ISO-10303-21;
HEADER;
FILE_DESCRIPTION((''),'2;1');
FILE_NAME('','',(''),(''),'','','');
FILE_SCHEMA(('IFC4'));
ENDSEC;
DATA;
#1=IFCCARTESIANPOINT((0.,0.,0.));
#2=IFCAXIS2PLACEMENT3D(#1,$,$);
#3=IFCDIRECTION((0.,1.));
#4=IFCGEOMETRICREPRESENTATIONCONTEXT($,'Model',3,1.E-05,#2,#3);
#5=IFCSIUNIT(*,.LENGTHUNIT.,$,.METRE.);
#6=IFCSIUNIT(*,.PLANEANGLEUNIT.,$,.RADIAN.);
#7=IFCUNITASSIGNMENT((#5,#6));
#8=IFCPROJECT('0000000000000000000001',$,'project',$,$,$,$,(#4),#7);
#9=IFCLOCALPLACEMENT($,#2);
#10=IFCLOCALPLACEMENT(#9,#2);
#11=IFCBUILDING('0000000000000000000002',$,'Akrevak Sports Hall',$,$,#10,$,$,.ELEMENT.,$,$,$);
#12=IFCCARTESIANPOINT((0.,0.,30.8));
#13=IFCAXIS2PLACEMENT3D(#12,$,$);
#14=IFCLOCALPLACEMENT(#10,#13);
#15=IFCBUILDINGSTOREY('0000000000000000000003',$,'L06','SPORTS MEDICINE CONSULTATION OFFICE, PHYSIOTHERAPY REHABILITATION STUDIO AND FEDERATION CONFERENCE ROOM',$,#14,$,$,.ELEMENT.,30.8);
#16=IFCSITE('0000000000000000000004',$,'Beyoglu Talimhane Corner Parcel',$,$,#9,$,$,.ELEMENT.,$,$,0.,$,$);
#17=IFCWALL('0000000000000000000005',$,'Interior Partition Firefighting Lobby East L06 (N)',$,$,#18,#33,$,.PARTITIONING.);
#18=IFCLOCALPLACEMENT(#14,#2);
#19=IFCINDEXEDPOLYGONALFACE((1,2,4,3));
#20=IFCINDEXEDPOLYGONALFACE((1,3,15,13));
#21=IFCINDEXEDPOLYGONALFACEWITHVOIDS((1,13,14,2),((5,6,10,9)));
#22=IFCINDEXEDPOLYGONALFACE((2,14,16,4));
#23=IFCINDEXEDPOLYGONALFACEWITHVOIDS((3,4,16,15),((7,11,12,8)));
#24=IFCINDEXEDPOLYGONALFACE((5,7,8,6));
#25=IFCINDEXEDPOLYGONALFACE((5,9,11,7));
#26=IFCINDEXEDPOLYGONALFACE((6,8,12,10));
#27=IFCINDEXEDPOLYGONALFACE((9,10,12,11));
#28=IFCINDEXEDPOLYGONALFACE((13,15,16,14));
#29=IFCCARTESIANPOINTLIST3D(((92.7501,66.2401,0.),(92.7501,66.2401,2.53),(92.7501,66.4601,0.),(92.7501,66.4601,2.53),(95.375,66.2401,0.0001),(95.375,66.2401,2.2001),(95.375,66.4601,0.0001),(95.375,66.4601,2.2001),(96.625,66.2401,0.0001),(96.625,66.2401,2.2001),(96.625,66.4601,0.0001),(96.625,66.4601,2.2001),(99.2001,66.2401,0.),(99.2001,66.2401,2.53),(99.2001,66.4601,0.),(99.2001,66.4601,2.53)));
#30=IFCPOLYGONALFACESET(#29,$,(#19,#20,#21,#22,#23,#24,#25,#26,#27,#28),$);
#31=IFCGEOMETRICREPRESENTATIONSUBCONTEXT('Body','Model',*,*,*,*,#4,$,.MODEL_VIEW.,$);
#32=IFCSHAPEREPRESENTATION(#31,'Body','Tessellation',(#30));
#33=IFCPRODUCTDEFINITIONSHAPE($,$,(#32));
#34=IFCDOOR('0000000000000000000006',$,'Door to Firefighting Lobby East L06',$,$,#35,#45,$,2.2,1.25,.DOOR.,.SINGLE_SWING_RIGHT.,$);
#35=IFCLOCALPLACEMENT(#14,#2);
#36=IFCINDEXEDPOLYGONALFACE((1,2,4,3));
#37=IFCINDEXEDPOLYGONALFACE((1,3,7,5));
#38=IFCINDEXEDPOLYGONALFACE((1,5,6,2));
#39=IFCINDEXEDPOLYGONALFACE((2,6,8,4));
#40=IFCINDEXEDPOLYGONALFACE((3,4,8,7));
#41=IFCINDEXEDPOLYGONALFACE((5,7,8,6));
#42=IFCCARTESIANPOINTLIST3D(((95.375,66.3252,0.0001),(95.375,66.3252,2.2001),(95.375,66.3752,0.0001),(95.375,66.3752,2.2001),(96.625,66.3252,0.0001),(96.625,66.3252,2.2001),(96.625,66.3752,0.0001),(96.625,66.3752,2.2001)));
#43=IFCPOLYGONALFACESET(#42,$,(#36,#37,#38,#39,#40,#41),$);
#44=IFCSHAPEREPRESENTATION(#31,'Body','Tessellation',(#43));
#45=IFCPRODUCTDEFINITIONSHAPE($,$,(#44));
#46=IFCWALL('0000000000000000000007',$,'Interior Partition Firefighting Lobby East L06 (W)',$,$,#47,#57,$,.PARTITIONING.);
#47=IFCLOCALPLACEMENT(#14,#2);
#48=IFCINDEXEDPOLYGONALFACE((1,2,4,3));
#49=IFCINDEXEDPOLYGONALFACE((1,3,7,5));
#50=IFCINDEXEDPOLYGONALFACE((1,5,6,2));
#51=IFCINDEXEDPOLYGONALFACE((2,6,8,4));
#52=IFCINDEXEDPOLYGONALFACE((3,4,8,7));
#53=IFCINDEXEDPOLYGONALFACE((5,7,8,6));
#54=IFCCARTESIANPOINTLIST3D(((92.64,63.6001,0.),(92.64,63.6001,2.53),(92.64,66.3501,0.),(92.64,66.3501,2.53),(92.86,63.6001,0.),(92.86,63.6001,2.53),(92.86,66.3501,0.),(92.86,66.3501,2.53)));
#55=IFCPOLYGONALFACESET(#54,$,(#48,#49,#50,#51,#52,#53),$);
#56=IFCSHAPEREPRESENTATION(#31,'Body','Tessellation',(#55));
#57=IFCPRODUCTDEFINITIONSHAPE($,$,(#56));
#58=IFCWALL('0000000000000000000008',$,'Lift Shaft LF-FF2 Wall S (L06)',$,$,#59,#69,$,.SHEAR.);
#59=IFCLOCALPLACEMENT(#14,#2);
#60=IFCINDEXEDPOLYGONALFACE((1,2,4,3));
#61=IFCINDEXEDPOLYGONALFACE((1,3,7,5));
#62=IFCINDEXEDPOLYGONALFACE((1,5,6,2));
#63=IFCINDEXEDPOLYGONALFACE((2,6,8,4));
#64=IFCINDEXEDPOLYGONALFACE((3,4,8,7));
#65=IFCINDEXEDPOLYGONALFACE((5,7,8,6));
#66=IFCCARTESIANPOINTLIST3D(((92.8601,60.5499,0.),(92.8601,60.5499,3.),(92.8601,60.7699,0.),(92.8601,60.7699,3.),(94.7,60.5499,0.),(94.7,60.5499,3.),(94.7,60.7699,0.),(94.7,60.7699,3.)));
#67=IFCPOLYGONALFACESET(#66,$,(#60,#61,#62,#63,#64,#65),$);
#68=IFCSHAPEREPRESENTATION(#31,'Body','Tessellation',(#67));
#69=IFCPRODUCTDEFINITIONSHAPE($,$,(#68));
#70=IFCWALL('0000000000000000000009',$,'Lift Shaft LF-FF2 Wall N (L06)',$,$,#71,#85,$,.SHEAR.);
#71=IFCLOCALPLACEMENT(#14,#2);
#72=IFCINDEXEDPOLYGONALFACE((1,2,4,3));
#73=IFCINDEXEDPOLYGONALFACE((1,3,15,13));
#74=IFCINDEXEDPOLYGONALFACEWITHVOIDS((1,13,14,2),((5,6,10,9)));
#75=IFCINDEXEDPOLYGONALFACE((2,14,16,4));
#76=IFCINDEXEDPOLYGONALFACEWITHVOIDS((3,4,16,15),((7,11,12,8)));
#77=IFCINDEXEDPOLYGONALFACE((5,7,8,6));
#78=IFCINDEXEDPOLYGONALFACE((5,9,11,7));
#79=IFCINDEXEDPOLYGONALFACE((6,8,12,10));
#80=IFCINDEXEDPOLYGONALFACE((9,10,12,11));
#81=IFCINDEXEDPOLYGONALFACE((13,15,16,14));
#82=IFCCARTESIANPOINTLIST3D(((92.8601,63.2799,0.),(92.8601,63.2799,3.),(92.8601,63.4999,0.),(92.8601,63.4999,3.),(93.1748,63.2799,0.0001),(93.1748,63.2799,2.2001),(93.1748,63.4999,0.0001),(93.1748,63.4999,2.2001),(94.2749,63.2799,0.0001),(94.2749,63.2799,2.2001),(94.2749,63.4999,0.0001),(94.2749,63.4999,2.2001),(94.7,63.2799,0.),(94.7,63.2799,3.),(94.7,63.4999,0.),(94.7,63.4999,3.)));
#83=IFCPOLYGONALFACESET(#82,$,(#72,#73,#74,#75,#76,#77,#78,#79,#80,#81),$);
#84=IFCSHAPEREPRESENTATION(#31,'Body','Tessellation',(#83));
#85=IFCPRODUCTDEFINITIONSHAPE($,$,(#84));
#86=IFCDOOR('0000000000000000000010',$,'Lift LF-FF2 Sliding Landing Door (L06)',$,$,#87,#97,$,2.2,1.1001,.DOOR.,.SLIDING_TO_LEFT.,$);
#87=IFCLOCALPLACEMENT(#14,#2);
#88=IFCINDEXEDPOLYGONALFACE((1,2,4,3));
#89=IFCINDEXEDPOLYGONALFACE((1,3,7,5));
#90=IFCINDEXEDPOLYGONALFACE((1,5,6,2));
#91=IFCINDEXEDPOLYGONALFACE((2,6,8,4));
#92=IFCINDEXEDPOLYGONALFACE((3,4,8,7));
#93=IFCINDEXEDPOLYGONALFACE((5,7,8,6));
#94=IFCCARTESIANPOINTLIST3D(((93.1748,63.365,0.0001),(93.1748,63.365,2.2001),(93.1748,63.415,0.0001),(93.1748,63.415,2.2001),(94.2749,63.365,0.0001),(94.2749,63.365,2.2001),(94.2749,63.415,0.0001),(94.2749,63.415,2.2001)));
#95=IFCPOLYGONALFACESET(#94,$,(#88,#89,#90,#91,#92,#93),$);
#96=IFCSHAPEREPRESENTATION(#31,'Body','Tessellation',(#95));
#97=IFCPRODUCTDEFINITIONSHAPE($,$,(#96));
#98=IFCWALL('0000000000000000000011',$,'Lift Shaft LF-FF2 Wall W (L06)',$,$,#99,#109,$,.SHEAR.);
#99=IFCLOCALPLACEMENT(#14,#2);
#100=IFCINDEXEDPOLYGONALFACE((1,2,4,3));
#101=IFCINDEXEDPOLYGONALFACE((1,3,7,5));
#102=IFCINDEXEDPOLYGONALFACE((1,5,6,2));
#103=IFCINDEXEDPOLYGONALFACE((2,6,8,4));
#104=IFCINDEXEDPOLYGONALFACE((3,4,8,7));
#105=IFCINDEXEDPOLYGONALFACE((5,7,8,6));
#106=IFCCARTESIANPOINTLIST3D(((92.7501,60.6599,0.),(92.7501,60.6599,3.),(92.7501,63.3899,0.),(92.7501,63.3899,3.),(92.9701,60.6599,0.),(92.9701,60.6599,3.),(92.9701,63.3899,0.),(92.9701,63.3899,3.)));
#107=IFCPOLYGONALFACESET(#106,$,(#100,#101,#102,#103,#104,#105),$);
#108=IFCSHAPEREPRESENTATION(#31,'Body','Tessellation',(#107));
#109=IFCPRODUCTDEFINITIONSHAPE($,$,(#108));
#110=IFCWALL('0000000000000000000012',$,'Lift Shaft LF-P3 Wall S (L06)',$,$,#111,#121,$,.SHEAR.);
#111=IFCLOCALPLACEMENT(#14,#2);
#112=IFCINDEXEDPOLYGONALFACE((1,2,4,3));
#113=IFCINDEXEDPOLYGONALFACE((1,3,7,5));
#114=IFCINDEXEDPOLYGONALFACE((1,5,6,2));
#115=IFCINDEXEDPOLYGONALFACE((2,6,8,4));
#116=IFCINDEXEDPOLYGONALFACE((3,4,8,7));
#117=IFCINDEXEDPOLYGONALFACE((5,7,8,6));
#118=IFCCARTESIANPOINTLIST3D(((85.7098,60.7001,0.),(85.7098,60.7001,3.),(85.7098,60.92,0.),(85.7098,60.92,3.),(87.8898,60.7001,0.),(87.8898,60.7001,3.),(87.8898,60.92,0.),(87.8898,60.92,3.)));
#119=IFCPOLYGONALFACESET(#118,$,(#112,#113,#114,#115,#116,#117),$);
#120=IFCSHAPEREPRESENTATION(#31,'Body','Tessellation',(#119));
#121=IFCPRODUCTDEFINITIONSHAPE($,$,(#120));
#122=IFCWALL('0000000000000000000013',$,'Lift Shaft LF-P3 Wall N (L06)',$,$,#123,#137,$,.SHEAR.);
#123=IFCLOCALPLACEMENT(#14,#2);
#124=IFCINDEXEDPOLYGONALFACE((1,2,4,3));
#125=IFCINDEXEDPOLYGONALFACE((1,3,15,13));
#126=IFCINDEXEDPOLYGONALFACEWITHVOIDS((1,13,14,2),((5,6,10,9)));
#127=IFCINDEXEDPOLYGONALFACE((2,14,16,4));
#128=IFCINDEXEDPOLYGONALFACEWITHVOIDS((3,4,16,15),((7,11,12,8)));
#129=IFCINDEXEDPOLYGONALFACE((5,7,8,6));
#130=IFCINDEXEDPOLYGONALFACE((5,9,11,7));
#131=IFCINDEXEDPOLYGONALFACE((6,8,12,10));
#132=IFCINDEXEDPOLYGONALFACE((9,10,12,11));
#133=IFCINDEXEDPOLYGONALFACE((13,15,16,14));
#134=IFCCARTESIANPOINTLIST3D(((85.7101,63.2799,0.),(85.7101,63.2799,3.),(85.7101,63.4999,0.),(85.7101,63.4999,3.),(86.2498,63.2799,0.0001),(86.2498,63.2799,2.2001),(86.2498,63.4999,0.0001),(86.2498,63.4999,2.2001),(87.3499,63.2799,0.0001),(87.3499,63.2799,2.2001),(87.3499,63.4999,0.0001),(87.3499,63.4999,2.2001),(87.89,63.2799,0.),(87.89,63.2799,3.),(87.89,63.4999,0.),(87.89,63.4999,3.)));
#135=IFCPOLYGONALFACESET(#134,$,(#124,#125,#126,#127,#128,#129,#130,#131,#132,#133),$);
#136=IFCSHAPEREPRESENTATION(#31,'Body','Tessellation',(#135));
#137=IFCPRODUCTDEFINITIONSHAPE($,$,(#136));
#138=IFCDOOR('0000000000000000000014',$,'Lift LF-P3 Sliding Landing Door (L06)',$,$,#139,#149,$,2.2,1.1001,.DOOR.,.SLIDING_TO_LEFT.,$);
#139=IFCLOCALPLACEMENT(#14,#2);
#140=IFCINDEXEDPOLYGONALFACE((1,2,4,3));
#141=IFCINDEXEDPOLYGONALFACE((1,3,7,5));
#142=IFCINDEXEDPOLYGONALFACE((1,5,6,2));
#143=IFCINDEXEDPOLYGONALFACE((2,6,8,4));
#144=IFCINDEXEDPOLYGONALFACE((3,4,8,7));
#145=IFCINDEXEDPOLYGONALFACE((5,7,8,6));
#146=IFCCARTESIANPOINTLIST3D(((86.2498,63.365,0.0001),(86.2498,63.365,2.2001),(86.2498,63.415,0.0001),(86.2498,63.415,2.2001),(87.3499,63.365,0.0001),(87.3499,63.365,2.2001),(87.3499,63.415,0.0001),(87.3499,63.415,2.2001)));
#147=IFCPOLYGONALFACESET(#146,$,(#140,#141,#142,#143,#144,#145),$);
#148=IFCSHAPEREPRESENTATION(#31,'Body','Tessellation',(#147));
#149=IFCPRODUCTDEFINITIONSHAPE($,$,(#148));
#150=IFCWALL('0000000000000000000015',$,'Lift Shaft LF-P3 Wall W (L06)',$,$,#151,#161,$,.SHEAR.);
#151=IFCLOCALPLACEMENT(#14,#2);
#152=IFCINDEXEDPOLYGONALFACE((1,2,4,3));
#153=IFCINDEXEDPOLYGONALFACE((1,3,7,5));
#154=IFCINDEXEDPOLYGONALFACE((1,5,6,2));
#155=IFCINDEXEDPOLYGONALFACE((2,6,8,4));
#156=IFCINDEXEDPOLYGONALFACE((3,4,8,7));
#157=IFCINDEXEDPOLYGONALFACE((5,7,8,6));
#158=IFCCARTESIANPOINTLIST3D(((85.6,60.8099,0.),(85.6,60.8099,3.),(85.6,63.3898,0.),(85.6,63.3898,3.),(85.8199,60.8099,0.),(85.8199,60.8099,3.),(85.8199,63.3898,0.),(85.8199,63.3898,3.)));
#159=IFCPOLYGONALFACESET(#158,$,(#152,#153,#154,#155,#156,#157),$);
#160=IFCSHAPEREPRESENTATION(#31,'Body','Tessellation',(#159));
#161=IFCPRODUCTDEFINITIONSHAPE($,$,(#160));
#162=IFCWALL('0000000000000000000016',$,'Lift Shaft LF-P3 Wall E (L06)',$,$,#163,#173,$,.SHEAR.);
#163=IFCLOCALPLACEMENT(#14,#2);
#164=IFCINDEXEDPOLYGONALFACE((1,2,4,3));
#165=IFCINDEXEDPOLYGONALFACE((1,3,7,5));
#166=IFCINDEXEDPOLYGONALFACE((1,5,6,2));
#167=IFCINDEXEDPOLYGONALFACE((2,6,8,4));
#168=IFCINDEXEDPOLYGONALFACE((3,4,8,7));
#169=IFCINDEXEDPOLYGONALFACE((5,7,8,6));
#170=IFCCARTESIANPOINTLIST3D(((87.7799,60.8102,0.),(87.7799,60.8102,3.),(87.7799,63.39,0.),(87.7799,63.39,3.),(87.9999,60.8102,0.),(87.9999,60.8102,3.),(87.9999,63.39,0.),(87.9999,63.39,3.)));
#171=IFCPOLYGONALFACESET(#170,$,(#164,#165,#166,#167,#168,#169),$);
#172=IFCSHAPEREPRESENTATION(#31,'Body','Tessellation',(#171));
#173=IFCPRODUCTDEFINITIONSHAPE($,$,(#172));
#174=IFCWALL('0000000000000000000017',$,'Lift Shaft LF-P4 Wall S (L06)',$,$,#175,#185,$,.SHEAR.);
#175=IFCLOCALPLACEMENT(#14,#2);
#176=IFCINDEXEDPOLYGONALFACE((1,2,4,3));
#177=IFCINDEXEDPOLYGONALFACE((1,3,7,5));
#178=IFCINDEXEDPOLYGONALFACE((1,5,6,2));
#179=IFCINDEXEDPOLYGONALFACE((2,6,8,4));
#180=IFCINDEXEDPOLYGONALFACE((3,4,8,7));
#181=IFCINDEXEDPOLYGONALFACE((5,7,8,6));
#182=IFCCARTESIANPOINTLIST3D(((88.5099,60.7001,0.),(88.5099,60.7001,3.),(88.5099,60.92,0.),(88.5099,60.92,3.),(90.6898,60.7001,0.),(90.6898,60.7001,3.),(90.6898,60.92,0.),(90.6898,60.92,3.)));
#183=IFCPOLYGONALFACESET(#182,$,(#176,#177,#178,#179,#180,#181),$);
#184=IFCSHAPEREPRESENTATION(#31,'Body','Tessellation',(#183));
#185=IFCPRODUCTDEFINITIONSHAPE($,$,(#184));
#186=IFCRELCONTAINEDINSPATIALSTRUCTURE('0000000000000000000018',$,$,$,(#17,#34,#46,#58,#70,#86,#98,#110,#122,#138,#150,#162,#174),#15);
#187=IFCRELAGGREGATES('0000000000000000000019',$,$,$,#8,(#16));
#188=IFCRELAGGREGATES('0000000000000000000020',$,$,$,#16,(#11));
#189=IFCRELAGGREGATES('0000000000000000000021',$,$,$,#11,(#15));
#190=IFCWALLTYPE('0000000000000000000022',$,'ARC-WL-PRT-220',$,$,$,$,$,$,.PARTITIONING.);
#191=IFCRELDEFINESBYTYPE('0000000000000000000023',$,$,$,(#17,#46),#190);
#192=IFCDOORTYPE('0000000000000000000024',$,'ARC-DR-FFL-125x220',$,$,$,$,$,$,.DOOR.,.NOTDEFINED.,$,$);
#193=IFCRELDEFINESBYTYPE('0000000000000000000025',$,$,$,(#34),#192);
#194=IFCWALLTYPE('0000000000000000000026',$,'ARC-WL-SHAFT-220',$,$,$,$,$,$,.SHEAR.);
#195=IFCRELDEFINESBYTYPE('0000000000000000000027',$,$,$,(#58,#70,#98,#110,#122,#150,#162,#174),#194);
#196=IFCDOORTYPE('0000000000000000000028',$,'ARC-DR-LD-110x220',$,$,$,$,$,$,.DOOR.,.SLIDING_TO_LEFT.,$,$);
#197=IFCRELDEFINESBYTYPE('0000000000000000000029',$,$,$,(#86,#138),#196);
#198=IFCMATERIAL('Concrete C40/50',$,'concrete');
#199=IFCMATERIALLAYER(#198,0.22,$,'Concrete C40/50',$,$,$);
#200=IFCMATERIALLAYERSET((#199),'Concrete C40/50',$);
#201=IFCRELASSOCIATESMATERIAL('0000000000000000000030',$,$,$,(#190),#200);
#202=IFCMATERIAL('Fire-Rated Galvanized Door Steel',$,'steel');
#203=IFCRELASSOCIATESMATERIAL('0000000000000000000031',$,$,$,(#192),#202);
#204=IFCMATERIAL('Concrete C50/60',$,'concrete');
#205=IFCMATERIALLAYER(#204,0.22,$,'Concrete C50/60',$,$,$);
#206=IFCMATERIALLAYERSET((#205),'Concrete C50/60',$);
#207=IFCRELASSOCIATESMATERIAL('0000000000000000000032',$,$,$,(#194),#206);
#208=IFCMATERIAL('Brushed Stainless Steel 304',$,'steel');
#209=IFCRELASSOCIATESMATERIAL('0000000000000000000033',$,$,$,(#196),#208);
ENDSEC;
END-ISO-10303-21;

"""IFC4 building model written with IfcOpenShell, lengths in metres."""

from ifc_helpers import new_model, si_unit, direction, frame, frame_2d, origin, place, context, subcontext, project, spatial, rectangle, extrude, material, layer, layer_set, type_object, element, fill, save


model = new_model("IFC4")

# Units and contexts
model_context = context("Model", 3, precision=1e-05, world=origin(), true_north=direction((0.0, 1.0)))
body_context = subcontext(model_context, "Body", "Model", "MODEL_VIEW")
ifc_project = project(units=[si_unit("LENGTHUNIT", "METRE"), si_unit("PLANEANGLEUNIT", "RADIAN")], contexts=[model_context])

# Site, building, storey
site_placement = place(None, origin())
site = spatial("IfcSite", under=ifc_project, at=site_placement, Name="Beyoglu Talimhane Corner Parcel", CompositionType="ELEMENT", RefElevation=0.0)
building_placement = place(site_placement, origin())
building = spatial("IfcBuilding", under=site, at=building_placement, Name="Akrevak Sports Hall", CompositionType="ELEMENT")
storey_placement = place(building_placement, frame((0.0, 0.0, 30.8)))
storey = spatial("IfcBuildingStorey", under=building, at=storey_placement, Name="L06", Description="SPORTS MEDICINE CONSULTATION OFFICE, PHYSIOTHERAPY REHABILITATION STUDIO AND FEDERATION CONFERENCE ROOM", CompositionType="ELEMENT", Elevation=30.8)

# Shared definitions
ifc_material_1 = material(Name="Concrete C40/50", Category="concrete")

# Wall, opening, door
ifc_layer_1 = layer(ifc_material_1, 0.22, Name="Concrete C40/50")
ifc_layer_set_1 = layer_set([ifc_layer_1], Name="Concrete C40/50")
wall_type_1 = type_object("IfcWallType", Name="ARC-WL-PRT-220", PredefinedType="PARTITIONING", material=ifc_layer_set_1)
wall_1_placement = place(storey_placement, frame((92.75, 66.3501, 0.0), z_axis=(0.0, 0.0, 1.0), x_axis=(1.0, 0.0, 0.0)))
wall_1 = element("IfcWall", 1, at=wall_1_placement, inside=storey, type_object=wall_type_1, Name="Interior Partition Firefighting Lobby East L06 (N)", PredefinedType="PARTITIONING", context=body_context, shape_type="SweptSolid", body=[
    extrude(rectangle(XDim=6.45, YDim=0.22, at=frame_2d((3.2251, 0.0))), origin(), (0.0, 0.0, 1.0), 2.53),
])
opening_1_placement = place(wall_1_placement, frame((2.625, 0.0, 0.0)))
opening_1 = element("IfcOpeningElement", 2, at=opening_1_placement, cuts=wall_1, PredefinedType="OPENING", context=body_context, shape_type="SweptSolid", body=[
    extrude(rectangle(XDim=1.25, YDim=2.2, at=frame_2d((0.625, 1.1001))), frame((0.0, 0.1221, 0.0), z_axis=(0.0, -1.0, 0.0), x_axis=(1.0, 0.0, 0.0)), (0.0, 0.0, 1.0), 0.2439),
])
ifc_material_2 = material(Name="Fire-Rated Galvanized Door Steel", Category="steel")
door_type_1 = type_object("IfcDoorType", Name="ARC-DR-FFL-125x220", OperationType="NOTDEFINED", PredefinedType="DOOR", material=ifc_material_2)
door_1_placement = place(opening_1_placement, frame((1.25, 0.0, 0.0), z_axis=(0.0, 0.0, 1.0), x_axis=(-1.0, 0.0, 0.0)))
door_1 = element("IfcDoor", 3, at=door_1_placement, inside=storey, type_object=door_type_1, Name="Door to Firefighting Lobby East L06", OperationType="SINGLE_SWING_RIGHT", OverallHeight=2.2, OverallWidth=1.25, PredefinedType="DOOR", context=body_context, shape_type="SweptSolid", body=[
    extrude(rectangle(XDim=1.25, YDim=2.2, at=frame_2d((0.625, 1.1001))), frame((0.0, 0.0249, 0.0), z_axis=(0.0, -1.0, 0.0), x_axis=(1.0, 0.0, 0.0)), (0.0, 0.0, 1.0), 0.05),
])
fill(opening_1, door_1)

# Walls
wall_2_placement = place(storey_placement, frame((92.75, 63.6001, 0.0), z_axis=(0.0, 0.0, 1.0), x_axis=(0.0, 1.0, 0.0)))
element("IfcWall", 4, at=wall_2_placement, inside=storey, type_object=wall_type_1, Name="Interior Partition Firefighting Lobby East L06 (W)", PredefinedType="PARTITIONING", context=body_context, shape_type="SweptSolid", body=[
    extrude(rectangle(XDim=2.75, YDim=0.22, at=frame_2d((1.375, 0.0))), origin(), (0.0, 0.0, 1.0), 2.53),
])
ifc_material_3 = material(Name="Concrete C50/60", Category="concrete")
ifc_layer_2 = layer(ifc_material_3, 0.22, Name="Concrete C50/60")
ifc_layer_set_2 = layer_set([ifc_layer_2], Name="Concrete C50/60")
wall_type_2 = type_object("IfcWallType", Name="ARC-WL-SHAFT-220", PredefinedType="SHEAR", material=ifc_layer_set_2)
wall_3_placement = place(storey_placement, frame((92.8601, 60.6599, 0.0), z_axis=(0.0, 0.0, 1.0), x_axis=(1.0, 0.0, 0.0)))
element("IfcWall", 5, at=wall_3_placement, inside=storey, type_object=wall_type_2, Name="Lift Shaft LF-FF2 Wall S (L06)", PredefinedType="SHEAR", context=body_context, shape_type="SweptSolid", body=[
    extrude(rectangle(XDim=1.8398, YDim=0.22, at=frame_2d((0.9199, 0.0))), origin(), (0.0, 0.0, 1.0), 3.0),
])

# Wall, opening, door
wall_4_placement = place(storey_placement, frame((94.7, 63.3899, 0.0), z_axis=(0.0, 0.0, 1.0), x_axis=(-1.0, 0.0, 0.0)))
wall_4 = element("IfcWall", 6, at=wall_4_placement, inside=storey, type_object=wall_type_2, Name="Lift Shaft LF-FF2 Wall N (L06)", PredefinedType="SHEAR", context=body_context, shape_type="SweptSolid", body=[
    extrude(rectangle(XDim=1.8398, YDim=0.22, at=frame_2d((0.9199, 0.0))), origin(), (0.0, 0.0, 1.0), 3.0),
])
opening_2_placement = place(wall_4_placement, frame((0.425, 0.0, 0.0)))
opening_2 = element("IfcOpeningElement", 7, at=opening_2_placement, cuts=wall_4, PredefinedType="OPENING", context=body_context, shape_type="SweptSolid", body=[
    extrude(rectangle(XDim=1.1001, YDim=2.2, at=frame_2d((0.55, 1.1001))), frame((0.0, 0.1221, 0.0), z_axis=(0.0, -1.0, 0.0), x_axis=(1.0, 0.0, 0.0)), (0.0, 0.0, 1.0), 0.2439),
])
ifc_material_4 = material(Name="Brushed Stainless Steel 304", Category="steel")
door_type_2 = type_object("IfcDoorType", Name="ARC-DR-LD-110x220", OperationType="SLIDING_TO_LEFT", PredefinedType="DOOR", material=ifc_material_4)
door_2_placement = place(opening_2_placement, origin())
door_2 = element("IfcDoor", 8, at=door_2_placement, inside=storey, type_object=door_type_2, Name="Lift LF-FF2 Sliding Landing Door (L06)", OperationType="SLIDING_TO_LEFT", OverallHeight=2.2, OverallWidth=1.1001, PredefinedType="DOOR", context=body_context, shape_type="SweptSolid", body=[
    extrude(rectangle(XDim=1.1001, YDim=2.2, at=frame_2d((0.55, 1.1001))), frame((0.0, 0.0249, 0.0), z_axis=(0.0, -1.0, 0.0), x_axis=(1.0, 0.0, 0.0)), (0.0, 0.0, 1.0), 0.05),
])
fill(opening_2, door_2)

# Walls
wall_5_placement = place(storey_placement, frame((92.8601, 63.3899, 0.0), z_axis=(0.0, 0.0, 1.0), x_axis=(0.0, -1.0, 0.0)))
element("IfcWall", 9, at=wall_5_placement, inside=storey, type_object=wall_type_2, Name="Lift Shaft LF-FF2 Wall W (L06)", PredefinedType="SHEAR", context=body_context, shape_type="SweptSolid", body=[
    extrude(rectangle(XDim=2.73, YDim=0.22, at=frame_2d((1.365, 0.0))), origin(), (0.0, 0.0, 1.0), 3.0),
])
wall_6_placement = place(storey_placement, frame((85.71, 60.8101, 0.0), z_axis=(0.0, 0.0, 1.0), x_axis=(1.0, 0.0, 0.0)))
element("IfcWall", 10, at=wall_6_placement, inside=storey, type_object=wall_type_2, Name="Lift Shaft LF-P3 Wall S (L06)", PredefinedType="SHEAR", context=body_context, shape_type="SweptSolid", body=[
    extrude(rectangle(XDim=2.1799, YDim=0.22, at=frame_2d((1.0898, 0.0))), origin(), (0.0, 0.0, 1.0), 3.0),
])

# Wall, opening, door
wall_7_placement = place(storey_placement, frame((87.8899, 63.3899, 0.0), z_axis=(0.0, 0.0, 1.0), x_axis=(-1.0, 0.0, 0.0)))
wall_7 = element("IfcWall", 11, at=wall_7_placement, inside=storey, type_object=wall_type_2, Name="Lift Shaft LF-P3 Wall N (L06)", PredefinedType="SHEAR", context=body_context, shape_type="SweptSolid", body=[
    extrude(rectangle(XDim=2.1799, YDim=0.22, at=frame_2d((1.0898, 0.0))), origin(), (0.0, 0.0, 1.0), 3.0),
])
opening_3_placement = place(wall_7_placement, frame((0.54, 0.0, 0.0)))
opening_3 = element("IfcOpeningElement", 12, at=opening_3_placement, cuts=wall_7, PredefinedType="OPENING", context=body_context, shape_type="SweptSolid", body=[
    extrude(rectangle(XDim=1.1001, YDim=2.2, at=frame_2d((0.55, 1.1001))), frame((0.0, 0.1221, 0.0), z_axis=(0.0, -1.0, 0.0), x_axis=(1.0, 0.0, 0.0)), (0.0, 0.0, 1.0), 0.2439),
])
door_3_placement = place(opening_3_placement, origin())
door_3 = element("IfcDoor", 13, at=door_3_placement, inside=storey, type_object=door_type_2, Name="Lift LF-P3 Sliding Landing Door (L06)", OperationType="SLIDING_TO_LEFT", OverallHeight=2.2, OverallWidth=1.1001, PredefinedType="DOOR", context=body_context, shape_type="SweptSolid", body=[
    extrude(rectangle(XDim=1.1001, YDim=2.2, at=frame_2d((0.55, 1.1001))), frame((0.0, 0.0249, 0.0), z_axis=(0.0, -1.0, 0.0), x_axis=(1.0, 0.0, 0.0)), (0.0, 0.0, 1.0), 0.05),
])
fill(opening_3, door_3)

# Walls
for number, where, z_axis, x_axis, name in (
    (14, (85.71, 63.3899, 0.0), (0.0, 0.0, 1.0), (0.0, -1.0, 0.0), "Lift Shaft LF-P3 Wall W (L06)"),
    (15, (87.8899, 60.8101, 0.0), (0.0, 0.0, 1.0), (0.0, 1.0, 0.0), "Lift Shaft LF-P3 Wall E (L06)"),
):
    element("IfcWall", number, at=place(storey_placement, frame(where, z_axis=z_axis, x_axis=x_axis)), inside=storey, type_object=wall_type_2, Name=name, PredefinedType="SHEAR", context=body_context, shape_type="SweptSolid", body=[
        extrude(rectangle(XDim=2.5798, YDim=0.22, at=frame_2d((1.29, 0.0))), origin(), (0.0, 0.0, 1.0), 3.0),
    ])
wall_8_placement = place(storey_placement, frame((88.51, 60.8101, 0.0), z_axis=(0.0, 0.0, 1.0), x_axis=(1.0, 0.0, 0.0)))
element("IfcWall", 16, at=wall_8_placement, inside=storey, type_object=wall_type_2, Name="Lift Shaft LF-P4 Wall S (L06)", PredefinedType="SHEAR", context=body_context, shape_type="SweptSolid", body=[
    extrude(rectangle(XDim=2.1799, YDim=0.22, at=frame_2d((1.0898, 0.0))), origin(), (0.0, 0.0, 1.0), 3.0),
])

save(model, "model.ifc")
